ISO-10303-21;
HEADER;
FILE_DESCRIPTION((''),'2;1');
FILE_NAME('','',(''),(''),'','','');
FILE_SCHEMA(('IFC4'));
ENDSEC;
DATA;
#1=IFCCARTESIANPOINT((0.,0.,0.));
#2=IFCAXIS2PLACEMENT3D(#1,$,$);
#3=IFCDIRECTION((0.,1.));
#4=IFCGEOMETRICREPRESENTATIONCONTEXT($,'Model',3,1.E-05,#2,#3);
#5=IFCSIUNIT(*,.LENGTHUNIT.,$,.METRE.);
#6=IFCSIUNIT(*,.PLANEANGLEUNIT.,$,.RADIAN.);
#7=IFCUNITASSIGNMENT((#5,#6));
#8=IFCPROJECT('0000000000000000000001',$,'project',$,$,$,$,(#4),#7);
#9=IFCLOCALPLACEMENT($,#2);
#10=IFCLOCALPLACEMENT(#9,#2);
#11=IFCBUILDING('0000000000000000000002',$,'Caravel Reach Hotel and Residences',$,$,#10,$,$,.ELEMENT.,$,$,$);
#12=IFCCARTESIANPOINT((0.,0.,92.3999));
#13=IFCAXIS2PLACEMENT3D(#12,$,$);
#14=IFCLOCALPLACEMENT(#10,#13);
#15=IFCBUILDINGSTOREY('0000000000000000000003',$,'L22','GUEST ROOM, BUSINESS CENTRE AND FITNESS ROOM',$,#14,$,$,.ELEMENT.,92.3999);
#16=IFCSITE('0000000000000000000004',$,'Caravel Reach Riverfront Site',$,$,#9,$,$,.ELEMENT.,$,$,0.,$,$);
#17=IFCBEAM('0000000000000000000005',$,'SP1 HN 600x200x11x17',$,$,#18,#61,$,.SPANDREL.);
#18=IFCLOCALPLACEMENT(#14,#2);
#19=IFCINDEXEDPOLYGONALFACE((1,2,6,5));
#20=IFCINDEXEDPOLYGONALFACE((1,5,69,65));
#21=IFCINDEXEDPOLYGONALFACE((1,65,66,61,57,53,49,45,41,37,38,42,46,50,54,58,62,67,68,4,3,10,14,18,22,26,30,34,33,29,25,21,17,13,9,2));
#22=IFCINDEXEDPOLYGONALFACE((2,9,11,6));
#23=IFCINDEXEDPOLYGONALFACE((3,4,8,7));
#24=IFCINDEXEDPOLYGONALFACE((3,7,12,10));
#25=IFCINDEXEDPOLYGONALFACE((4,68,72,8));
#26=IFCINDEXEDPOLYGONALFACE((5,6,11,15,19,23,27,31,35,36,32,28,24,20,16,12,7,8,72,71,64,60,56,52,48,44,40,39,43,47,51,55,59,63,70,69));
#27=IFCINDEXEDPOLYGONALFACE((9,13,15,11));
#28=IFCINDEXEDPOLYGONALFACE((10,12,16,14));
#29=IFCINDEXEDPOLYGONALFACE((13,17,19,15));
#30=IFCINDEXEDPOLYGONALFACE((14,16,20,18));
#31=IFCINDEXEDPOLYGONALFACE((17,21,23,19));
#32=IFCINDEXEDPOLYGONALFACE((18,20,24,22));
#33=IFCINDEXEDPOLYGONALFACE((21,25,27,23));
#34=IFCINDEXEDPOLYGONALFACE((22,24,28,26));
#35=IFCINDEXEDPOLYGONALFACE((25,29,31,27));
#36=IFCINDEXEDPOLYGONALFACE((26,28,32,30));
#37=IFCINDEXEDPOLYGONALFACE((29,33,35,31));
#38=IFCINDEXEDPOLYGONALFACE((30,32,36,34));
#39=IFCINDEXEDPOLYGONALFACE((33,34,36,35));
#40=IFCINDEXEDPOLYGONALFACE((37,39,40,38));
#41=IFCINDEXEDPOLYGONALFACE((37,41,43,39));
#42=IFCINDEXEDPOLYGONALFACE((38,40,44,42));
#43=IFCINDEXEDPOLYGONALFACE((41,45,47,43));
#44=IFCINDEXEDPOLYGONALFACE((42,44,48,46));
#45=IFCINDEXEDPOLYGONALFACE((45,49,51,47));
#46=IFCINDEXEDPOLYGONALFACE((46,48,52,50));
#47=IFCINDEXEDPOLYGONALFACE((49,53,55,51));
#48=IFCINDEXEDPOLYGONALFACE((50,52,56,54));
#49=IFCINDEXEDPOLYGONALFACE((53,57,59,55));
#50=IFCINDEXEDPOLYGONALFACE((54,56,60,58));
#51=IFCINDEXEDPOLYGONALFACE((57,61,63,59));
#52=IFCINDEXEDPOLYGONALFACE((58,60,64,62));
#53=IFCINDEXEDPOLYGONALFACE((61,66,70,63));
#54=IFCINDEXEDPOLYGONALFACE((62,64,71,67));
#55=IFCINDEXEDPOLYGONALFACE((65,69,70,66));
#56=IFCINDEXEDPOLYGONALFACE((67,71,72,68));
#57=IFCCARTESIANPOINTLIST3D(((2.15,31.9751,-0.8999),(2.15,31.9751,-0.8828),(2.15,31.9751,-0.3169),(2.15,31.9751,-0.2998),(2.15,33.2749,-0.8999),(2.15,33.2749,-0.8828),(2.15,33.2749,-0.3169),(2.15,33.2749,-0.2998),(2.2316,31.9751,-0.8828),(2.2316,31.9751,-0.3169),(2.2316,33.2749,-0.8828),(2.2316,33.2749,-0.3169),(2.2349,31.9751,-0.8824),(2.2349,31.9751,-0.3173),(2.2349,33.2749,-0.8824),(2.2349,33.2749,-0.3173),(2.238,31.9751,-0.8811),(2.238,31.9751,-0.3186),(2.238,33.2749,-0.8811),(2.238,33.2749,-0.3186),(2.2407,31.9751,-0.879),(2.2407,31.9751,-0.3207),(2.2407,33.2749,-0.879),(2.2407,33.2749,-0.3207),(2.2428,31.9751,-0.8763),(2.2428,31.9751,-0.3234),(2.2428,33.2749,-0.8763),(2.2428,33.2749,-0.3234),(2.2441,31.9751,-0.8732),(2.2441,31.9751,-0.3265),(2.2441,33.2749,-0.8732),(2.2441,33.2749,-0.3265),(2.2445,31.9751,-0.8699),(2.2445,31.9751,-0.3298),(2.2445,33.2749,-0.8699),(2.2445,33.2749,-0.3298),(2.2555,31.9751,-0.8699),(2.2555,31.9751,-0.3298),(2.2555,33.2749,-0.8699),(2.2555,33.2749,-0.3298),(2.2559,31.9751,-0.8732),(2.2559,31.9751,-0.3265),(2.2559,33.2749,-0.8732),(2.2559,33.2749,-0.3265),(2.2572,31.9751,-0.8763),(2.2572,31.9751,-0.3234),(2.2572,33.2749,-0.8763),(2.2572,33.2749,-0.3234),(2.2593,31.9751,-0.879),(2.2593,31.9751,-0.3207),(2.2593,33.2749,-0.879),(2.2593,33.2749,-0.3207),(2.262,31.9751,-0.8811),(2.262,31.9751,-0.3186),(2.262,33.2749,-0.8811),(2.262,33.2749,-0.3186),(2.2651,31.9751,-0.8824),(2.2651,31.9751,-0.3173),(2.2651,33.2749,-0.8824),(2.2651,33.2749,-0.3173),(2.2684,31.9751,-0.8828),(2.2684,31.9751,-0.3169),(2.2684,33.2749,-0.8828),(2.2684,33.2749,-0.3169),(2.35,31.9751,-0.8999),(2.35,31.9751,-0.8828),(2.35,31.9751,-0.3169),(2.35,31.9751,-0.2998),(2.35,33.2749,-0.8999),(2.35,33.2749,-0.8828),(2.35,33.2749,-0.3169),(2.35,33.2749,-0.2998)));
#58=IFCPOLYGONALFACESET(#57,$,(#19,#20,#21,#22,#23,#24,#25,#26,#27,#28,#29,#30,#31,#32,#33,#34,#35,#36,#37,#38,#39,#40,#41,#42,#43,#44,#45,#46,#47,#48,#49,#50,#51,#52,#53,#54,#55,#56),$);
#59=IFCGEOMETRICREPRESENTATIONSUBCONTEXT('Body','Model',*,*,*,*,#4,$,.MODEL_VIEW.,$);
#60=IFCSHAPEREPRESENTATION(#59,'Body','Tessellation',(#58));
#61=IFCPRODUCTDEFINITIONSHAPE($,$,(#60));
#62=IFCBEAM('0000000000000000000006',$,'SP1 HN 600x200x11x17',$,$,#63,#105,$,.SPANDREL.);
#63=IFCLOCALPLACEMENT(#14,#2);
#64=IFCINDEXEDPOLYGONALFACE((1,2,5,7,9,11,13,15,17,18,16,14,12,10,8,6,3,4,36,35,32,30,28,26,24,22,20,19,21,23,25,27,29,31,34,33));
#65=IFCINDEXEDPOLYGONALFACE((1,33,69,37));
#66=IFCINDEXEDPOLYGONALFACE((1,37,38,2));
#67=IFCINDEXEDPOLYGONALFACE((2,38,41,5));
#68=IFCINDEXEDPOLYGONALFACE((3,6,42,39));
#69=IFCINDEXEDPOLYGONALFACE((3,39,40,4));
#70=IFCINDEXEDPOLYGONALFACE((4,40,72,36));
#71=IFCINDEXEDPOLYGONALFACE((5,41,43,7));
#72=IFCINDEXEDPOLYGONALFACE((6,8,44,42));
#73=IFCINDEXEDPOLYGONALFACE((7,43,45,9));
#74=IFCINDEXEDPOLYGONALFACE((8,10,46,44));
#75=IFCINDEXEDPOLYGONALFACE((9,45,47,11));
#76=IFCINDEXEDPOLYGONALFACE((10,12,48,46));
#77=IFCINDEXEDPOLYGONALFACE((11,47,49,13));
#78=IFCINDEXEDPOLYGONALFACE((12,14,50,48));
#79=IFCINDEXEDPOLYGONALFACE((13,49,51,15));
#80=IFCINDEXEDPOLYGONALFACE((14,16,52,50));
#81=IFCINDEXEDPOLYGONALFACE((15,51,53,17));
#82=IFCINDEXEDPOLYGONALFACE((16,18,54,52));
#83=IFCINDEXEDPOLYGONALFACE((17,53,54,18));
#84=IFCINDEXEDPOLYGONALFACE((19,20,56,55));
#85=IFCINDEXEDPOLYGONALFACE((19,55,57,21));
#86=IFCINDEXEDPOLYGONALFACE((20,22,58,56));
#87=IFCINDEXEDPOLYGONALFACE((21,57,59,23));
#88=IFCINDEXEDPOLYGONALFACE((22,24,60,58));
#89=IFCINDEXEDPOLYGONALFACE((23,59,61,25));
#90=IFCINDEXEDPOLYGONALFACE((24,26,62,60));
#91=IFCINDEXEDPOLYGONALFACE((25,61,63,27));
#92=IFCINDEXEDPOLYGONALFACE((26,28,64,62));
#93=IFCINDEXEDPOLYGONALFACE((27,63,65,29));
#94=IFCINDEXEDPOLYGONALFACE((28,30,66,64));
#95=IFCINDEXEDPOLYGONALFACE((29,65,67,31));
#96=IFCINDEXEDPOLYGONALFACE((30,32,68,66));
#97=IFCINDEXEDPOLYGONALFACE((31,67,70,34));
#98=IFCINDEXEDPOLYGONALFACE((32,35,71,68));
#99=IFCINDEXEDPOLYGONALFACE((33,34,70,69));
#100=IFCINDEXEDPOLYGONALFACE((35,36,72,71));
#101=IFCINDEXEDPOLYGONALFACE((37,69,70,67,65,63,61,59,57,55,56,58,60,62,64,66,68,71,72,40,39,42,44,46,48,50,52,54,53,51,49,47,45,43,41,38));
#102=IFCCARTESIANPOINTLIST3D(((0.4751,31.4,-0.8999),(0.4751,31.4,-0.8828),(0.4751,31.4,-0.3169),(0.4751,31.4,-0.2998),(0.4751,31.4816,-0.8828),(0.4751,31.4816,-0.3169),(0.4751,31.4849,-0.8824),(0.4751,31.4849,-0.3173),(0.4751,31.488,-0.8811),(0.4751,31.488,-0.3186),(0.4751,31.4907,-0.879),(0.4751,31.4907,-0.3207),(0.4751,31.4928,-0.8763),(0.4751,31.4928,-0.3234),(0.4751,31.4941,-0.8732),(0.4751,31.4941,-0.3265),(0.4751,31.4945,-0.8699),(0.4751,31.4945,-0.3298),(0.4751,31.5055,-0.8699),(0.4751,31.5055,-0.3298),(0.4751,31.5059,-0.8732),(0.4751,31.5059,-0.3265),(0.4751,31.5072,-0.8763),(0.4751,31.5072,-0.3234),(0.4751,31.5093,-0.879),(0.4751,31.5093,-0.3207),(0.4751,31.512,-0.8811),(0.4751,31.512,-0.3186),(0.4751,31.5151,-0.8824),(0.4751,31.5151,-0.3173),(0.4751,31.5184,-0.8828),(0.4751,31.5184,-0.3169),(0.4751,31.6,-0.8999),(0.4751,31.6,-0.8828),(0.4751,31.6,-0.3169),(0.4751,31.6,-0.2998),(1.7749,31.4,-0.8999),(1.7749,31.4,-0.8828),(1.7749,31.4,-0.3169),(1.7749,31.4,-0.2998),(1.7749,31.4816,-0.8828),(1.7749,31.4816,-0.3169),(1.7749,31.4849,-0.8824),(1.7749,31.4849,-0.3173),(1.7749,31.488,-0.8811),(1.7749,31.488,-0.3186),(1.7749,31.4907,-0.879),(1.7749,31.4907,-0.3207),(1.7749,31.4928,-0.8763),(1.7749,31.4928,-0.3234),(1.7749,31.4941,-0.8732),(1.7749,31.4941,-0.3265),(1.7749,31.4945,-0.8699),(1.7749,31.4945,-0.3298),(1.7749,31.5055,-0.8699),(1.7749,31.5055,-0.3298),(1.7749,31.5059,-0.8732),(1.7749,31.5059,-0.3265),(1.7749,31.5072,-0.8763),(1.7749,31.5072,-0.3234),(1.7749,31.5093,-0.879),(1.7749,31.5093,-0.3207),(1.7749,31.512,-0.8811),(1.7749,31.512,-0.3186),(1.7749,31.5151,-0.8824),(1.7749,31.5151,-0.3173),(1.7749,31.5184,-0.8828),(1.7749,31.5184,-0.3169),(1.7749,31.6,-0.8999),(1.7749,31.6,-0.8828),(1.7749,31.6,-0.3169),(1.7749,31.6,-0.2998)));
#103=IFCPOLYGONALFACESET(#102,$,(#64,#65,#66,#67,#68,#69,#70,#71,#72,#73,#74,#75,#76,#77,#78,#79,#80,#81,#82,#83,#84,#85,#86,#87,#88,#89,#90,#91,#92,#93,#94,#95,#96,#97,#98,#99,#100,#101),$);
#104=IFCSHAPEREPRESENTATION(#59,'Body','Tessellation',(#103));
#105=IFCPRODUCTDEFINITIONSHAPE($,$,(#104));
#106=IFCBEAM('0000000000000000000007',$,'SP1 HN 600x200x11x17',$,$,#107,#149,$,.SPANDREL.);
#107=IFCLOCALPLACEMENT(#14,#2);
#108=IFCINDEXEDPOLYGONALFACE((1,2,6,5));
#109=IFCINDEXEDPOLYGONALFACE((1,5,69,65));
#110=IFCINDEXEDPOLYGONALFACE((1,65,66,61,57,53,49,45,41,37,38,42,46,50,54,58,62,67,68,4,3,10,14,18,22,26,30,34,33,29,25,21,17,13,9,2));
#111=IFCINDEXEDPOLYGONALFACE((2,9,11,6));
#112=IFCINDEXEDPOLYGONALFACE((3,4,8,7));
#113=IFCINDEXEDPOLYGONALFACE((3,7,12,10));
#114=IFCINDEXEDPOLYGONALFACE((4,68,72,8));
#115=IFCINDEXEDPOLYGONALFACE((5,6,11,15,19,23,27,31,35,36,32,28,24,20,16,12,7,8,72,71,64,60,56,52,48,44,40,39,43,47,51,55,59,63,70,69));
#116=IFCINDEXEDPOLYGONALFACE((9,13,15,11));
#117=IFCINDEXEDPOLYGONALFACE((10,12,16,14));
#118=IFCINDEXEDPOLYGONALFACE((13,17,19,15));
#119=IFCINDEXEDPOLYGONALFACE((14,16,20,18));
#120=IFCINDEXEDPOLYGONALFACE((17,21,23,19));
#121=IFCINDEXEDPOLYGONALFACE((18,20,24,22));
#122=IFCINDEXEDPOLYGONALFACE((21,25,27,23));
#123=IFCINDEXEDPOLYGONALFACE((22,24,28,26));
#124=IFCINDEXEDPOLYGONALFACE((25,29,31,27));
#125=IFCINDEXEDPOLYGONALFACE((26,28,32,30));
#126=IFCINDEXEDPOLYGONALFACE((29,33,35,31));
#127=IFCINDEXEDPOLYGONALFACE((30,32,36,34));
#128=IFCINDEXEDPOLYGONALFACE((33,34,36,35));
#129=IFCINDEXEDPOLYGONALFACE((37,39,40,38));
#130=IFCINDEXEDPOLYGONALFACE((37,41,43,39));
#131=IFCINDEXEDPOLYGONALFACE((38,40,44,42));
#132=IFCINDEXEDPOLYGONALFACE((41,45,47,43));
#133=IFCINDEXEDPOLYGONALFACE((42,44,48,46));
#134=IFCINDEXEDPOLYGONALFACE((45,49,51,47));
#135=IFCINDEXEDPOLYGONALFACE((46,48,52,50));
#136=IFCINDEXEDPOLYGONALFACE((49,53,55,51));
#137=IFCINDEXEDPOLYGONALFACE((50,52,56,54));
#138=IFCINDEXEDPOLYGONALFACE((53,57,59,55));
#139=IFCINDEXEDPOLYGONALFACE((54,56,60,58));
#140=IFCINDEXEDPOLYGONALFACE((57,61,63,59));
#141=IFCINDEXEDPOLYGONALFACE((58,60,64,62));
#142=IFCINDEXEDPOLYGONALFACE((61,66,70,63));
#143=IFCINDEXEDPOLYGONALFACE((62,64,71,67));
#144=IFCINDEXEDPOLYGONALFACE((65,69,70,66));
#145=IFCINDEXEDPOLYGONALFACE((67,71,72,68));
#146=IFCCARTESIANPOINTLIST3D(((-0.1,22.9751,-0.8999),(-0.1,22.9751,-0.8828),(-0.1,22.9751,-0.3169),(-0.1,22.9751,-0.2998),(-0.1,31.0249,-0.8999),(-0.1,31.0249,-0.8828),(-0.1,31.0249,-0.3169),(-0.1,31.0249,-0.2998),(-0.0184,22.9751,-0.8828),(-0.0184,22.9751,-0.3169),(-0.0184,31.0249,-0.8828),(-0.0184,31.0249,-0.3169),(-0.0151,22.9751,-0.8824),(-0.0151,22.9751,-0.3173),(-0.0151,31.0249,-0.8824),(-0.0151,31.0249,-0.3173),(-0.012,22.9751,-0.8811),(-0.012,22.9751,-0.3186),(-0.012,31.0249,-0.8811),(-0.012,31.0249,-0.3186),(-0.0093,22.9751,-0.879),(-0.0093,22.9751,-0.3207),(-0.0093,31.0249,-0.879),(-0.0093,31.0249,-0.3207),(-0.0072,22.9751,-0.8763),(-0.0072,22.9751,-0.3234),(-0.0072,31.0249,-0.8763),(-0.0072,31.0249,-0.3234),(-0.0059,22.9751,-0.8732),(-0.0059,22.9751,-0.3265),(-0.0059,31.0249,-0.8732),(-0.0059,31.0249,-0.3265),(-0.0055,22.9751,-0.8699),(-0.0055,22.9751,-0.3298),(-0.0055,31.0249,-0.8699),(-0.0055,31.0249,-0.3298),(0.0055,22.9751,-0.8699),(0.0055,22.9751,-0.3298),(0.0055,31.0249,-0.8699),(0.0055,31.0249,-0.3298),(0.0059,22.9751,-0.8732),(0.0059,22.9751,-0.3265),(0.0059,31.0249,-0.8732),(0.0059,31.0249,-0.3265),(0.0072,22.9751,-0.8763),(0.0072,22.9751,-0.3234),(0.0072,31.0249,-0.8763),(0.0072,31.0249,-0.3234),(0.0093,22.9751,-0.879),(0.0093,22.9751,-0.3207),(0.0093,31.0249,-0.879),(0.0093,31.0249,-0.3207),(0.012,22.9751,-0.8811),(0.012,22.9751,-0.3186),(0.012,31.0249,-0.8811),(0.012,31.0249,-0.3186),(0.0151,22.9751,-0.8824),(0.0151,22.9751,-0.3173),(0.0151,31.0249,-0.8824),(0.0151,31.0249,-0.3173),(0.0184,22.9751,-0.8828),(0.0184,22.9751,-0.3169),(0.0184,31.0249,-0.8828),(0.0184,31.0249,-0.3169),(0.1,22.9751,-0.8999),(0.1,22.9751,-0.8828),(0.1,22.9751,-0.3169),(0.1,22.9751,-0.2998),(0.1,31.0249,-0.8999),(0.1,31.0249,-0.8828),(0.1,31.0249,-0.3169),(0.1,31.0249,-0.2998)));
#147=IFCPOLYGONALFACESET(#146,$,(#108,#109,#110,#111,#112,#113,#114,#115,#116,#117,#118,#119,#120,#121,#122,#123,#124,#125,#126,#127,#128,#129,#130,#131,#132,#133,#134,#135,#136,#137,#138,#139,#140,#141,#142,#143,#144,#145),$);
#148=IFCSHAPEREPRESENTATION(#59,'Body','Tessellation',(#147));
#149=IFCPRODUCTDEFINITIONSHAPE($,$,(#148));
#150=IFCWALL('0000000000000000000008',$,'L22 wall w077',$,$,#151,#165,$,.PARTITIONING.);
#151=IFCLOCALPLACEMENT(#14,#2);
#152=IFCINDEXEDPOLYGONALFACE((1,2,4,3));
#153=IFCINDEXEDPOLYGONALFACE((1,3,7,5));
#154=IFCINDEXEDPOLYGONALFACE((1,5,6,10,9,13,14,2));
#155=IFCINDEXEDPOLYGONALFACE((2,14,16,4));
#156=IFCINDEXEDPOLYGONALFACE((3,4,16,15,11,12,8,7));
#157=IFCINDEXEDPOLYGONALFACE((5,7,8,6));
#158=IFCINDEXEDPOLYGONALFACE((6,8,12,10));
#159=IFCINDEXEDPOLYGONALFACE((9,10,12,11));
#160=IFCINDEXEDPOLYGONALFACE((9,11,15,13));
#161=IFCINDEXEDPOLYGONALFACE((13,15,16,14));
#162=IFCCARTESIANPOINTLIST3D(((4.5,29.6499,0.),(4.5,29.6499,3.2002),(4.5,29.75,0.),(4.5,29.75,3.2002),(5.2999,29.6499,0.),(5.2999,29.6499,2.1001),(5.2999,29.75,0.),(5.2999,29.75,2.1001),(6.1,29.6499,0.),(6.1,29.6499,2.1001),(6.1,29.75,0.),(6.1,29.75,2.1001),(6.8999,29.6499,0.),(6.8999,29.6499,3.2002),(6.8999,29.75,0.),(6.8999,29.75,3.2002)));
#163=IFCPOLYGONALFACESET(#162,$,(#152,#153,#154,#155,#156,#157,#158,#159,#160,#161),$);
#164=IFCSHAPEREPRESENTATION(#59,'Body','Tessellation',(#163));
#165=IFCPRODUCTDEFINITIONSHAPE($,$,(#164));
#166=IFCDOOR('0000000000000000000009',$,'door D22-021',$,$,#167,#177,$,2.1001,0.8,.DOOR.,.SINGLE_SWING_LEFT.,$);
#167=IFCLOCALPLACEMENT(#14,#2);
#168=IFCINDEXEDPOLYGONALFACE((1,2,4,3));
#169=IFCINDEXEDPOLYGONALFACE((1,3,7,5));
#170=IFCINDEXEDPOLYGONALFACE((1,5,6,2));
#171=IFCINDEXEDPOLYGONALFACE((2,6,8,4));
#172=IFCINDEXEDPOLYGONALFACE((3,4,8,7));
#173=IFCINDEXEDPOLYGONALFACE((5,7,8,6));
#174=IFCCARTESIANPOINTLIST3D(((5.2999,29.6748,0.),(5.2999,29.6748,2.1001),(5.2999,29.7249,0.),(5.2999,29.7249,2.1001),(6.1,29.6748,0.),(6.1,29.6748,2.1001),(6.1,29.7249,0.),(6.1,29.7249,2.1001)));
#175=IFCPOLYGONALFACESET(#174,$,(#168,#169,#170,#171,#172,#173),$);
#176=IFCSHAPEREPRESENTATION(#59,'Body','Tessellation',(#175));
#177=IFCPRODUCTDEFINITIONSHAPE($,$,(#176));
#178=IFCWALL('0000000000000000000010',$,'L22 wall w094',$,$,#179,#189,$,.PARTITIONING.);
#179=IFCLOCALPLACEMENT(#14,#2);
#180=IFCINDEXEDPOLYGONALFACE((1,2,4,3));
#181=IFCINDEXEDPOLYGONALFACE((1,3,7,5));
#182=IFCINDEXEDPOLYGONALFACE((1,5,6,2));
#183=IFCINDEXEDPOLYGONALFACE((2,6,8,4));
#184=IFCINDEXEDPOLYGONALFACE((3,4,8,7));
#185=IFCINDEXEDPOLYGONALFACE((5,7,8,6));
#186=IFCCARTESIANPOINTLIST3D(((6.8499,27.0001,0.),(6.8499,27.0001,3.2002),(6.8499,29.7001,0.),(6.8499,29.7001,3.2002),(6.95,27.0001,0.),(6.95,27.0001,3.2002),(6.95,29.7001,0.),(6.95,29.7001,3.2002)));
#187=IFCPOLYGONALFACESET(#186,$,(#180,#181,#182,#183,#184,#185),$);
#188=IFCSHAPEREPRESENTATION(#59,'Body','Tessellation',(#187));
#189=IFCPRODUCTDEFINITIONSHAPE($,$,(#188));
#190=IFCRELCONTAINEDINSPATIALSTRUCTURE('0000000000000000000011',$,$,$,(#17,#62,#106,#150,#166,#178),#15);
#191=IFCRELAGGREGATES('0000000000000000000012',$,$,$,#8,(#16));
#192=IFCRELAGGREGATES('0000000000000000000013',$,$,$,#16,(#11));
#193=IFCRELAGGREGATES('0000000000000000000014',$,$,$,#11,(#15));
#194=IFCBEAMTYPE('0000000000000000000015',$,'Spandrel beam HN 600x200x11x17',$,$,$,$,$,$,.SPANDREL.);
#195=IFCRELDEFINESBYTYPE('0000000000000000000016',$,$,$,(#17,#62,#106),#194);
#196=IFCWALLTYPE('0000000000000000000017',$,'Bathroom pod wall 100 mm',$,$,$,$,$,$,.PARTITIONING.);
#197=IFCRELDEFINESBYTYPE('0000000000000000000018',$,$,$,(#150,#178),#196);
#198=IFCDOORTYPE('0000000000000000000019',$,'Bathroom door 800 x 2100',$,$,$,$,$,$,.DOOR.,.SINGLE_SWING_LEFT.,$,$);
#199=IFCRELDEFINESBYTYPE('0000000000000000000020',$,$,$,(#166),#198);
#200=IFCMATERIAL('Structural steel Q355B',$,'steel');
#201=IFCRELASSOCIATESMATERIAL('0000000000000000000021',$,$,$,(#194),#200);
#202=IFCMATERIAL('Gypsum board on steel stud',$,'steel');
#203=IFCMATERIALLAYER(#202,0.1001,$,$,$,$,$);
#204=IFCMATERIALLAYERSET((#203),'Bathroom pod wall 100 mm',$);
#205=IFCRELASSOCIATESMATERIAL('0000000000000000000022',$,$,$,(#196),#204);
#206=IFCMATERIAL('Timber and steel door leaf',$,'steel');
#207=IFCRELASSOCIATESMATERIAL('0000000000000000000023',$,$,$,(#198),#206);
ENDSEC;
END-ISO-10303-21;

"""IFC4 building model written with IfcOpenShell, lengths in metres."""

from ifc_helpers import new_model, si_unit, direction, frame, frame_2d, origin, origin_2d, place, context, subcontext, project, spatial, rectangle, i_section, extrude, material, layer, layer_set, material_profile, profile_set, type_object, element, fill, save


model = new_model("IFC4")

# Units and contexts
model_context = context("Model", 3, precision=1e-05, world=origin(), true_north=direction((0.0, 1.0)))
body_context = subcontext(model_context, "Body", "Model", "MODEL_VIEW")
ifc_project = project(units=[si_unit("LENGTHUNIT", "METRE"), si_unit("PLANEANGLEUNIT", "RADIAN")], contexts=[model_context])

# Site, building, storey
site_placement = place(None, origin())
site = spatial("IfcSite", under=ifc_project, at=site_placement, Name="Caravel Reach Riverfront Site", CompositionType="ELEMENT", RefElevation=0.0)
building_placement = place(site_placement, origin())
building = spatial("IfcBuilding", under=site, at=building_placement, Name="Caravel Reach Hotel and Residences", CompositionType="ELEMENT")
storey_placement = place(building_placement, frame((0.0, 0.0, 92.3999)))
storey = spatial("IfcBuildingStorey", under=building, at=storey_placement, Name="L22", Description="GUEST ROOM, BUSINESS CENTRE AND FITNESS ROOM", CompositionType="ELEMENT", Elevation=92.3999)

# Beams
ifc_material_1 = material(Name="Structural steel Q355B", Category="steel")
ifc_material_profile_1 = material_profile(ifc_material_1, i_section(OverallWidth=0.2, OverallDepth=0.6001, WebThickness=0.011, FlangeThickness=0.0171, FilletRadius=0.0129, at=origin_2d()), Name="HN 600x200x11x17")
ifc_profile_set_1 = profile_set([ifc_material_profile_1], Name="Structural steel Q355B")
beam_type = type_object("IfcBeamType", Name="Spandrel beam HN 600x200x11x17", PredefinedType="SPANDREL", material=ifc_profile_set_1)
for number, where, z_axis, x_axis, name in (
    (1, (2.25, 33.2749, -0.5999), (0.0, -1.0, 0.0), (1.0, 0.0, 0.0), "SP1 HN 600x200x11x17"),
    (2, (1.7749, 31.5, -0.5999), (-1.0, 0.0, 0.0), (0.0, -1.0, 0.0), "SP1 HN 600x200x11x17"),
):
    element("IfcBeam", number, at=place(storey_placement, frame(where, z_axis=z_axis, x_axis=x_axis)), inside=storey, type_object=beam_type, Name=name, PredefinedType="SPANDREL", context=body_context, shape_type="SweptSolid", body=[
        extrude(i_section(OverallWidth=0.2, OverallDepth=0.6001, WebThickness=0.011, FlangeThickness=0.0171, FilletRadius=0.0129, at=origin_2d()), origin(), (0.0, 0.0, 1.0), 1.2998),
    ])
beam_placement = place(storey_placement, frame((0.0, 31.0249, -0.5999), z_axis=(0.0, -1.0, 0.0), x_axis=(1.0, 0.0, 0.0)))
element("IfcBeam", 3, at=beam_placement, inside=storey, type_object=beam_type, Name="SP1 HN 600x200x11x17", PredefinedType="SPANDREL", context=body_context, shape_type="SweptSolid", body=[
    extrude(i_section(OverallWidth=0.2, OverallDepth=0.6001, WebThickness=0.011, FlangeThickness=0.0171, FilletRadius=0.0129, at=origin_2d()), origin(), (0.0, 0.0, 1.0), 8.0498),
])

# Wall, opening, door
ifc_material_2 = material(Name="Gypsum board on steel stud", Category="steel")
ifc_layer_1 = layer(ifc_material_2, 0.1001)
ifc_layer_set_1 = layer_set([ifc_layer_1], Name="Bathroom pod wall 100 mm")
wall_type_1 = type_object("IfcWallType", Name="Bathroom pod wall 100 mm", PredefinedType="PARTITIONING", material=ifc_layer_set_1)
wall_1_placement = place(storey_placement, frame((4.5, 29.7, 0.0), z_axis=(0.0, 0.0, 1.0), x_axis=(1.0, 0.0, 0.0)))
wall_1 = element("IfcWall", 4, at=wall_1_placement, inside=storey, type_object=wall_type_1, Name="L22 wall w077", PredefinedType="PARTITIONING", context=body_context, shape_type="SweptSolid", body=[
    extrude(rectangle(XDim=2.3999, YDim=0.1001, at=frame_2d((1.2, 0.0))), origin(), (0.0, 0.0, 1.0), 3.2002),
])
opening_1_placement = place(wall_1_placement, frame((0.8, 0.0, 0.0)))
opening_1 = element("IfcOpeningElement", 5, at=opening_1_placement, cuts=wall_1, PredefinedType="OPENING", context=body_context, shape_type="SweptSolid", body=[
    extrude(rectangle(XDim=0.8, YDim=2.1001, at=frame_2d((0.3999, 1.05))), frame((0.0, 0.0601, 0.0), z_axis=(0.0, -1.0, 0.0), x_axis=(1.0, 0.0, 0.0)), (0.0, 0.0, 1.0), 0.1201),
])
ifc_material_3 = material(Name="Timber and steel door leaf", Category="steel")
door_type_1 = type_object("IfcDoorType", Name="Bathroom door 800 x 2100", OperationType="SINGLE_SWING_LEFT", PredefinedType="DOOR", material=ifc_material_3)
door_1_placement = place(opening_1_placement, origin())
door_1 = element("IfcDoor", 6, at=door_1_placement, inside=storey, type_object=door_type_1, Name="door D22-021", OperationType="SINGLE_SWING_LEFT", OverallHeight=2.1001, OverallWidth=0.8, PredefinedType="DOOR", context=body_context, shape_type="SweptSolid", body=[
    extrude(rectangle(XDim=0.8, YDim=2.1001, at=frame_2d((0.3999, 1.05))), frame((0.0, 0.0249, 0.0), z_axis=(0.0, -1.0, 0.0), x_axis=(1.0, 0.0, 0.0)), (0.0, 0.0, 1.0), 0.05),
])
fill(opening_1, door_1)

# Wall
wall_2_placement = place(storey_placement, frame((6.8999, 27.0, 0.0), z_axis=(0.0, 0.0, 1.0), x_axis=(0.0, 1.0, 0.0)))
element("IfcWall", 7, at=wall_2_placement, inside=storey, type_object=wall_type_1, Name="L22 wall w094", PredefinedType="PARTITIONING", context=body_context, shape_type="SweptSolid", body=[
    extrude(rectangle(XDim=2.7, YDim=0.1001, at=frame_2d((1.3501, 0.0))), origin(), (0.0, 0.0, 1.0), 3.2002),
])

save(model, "model.ifc")
